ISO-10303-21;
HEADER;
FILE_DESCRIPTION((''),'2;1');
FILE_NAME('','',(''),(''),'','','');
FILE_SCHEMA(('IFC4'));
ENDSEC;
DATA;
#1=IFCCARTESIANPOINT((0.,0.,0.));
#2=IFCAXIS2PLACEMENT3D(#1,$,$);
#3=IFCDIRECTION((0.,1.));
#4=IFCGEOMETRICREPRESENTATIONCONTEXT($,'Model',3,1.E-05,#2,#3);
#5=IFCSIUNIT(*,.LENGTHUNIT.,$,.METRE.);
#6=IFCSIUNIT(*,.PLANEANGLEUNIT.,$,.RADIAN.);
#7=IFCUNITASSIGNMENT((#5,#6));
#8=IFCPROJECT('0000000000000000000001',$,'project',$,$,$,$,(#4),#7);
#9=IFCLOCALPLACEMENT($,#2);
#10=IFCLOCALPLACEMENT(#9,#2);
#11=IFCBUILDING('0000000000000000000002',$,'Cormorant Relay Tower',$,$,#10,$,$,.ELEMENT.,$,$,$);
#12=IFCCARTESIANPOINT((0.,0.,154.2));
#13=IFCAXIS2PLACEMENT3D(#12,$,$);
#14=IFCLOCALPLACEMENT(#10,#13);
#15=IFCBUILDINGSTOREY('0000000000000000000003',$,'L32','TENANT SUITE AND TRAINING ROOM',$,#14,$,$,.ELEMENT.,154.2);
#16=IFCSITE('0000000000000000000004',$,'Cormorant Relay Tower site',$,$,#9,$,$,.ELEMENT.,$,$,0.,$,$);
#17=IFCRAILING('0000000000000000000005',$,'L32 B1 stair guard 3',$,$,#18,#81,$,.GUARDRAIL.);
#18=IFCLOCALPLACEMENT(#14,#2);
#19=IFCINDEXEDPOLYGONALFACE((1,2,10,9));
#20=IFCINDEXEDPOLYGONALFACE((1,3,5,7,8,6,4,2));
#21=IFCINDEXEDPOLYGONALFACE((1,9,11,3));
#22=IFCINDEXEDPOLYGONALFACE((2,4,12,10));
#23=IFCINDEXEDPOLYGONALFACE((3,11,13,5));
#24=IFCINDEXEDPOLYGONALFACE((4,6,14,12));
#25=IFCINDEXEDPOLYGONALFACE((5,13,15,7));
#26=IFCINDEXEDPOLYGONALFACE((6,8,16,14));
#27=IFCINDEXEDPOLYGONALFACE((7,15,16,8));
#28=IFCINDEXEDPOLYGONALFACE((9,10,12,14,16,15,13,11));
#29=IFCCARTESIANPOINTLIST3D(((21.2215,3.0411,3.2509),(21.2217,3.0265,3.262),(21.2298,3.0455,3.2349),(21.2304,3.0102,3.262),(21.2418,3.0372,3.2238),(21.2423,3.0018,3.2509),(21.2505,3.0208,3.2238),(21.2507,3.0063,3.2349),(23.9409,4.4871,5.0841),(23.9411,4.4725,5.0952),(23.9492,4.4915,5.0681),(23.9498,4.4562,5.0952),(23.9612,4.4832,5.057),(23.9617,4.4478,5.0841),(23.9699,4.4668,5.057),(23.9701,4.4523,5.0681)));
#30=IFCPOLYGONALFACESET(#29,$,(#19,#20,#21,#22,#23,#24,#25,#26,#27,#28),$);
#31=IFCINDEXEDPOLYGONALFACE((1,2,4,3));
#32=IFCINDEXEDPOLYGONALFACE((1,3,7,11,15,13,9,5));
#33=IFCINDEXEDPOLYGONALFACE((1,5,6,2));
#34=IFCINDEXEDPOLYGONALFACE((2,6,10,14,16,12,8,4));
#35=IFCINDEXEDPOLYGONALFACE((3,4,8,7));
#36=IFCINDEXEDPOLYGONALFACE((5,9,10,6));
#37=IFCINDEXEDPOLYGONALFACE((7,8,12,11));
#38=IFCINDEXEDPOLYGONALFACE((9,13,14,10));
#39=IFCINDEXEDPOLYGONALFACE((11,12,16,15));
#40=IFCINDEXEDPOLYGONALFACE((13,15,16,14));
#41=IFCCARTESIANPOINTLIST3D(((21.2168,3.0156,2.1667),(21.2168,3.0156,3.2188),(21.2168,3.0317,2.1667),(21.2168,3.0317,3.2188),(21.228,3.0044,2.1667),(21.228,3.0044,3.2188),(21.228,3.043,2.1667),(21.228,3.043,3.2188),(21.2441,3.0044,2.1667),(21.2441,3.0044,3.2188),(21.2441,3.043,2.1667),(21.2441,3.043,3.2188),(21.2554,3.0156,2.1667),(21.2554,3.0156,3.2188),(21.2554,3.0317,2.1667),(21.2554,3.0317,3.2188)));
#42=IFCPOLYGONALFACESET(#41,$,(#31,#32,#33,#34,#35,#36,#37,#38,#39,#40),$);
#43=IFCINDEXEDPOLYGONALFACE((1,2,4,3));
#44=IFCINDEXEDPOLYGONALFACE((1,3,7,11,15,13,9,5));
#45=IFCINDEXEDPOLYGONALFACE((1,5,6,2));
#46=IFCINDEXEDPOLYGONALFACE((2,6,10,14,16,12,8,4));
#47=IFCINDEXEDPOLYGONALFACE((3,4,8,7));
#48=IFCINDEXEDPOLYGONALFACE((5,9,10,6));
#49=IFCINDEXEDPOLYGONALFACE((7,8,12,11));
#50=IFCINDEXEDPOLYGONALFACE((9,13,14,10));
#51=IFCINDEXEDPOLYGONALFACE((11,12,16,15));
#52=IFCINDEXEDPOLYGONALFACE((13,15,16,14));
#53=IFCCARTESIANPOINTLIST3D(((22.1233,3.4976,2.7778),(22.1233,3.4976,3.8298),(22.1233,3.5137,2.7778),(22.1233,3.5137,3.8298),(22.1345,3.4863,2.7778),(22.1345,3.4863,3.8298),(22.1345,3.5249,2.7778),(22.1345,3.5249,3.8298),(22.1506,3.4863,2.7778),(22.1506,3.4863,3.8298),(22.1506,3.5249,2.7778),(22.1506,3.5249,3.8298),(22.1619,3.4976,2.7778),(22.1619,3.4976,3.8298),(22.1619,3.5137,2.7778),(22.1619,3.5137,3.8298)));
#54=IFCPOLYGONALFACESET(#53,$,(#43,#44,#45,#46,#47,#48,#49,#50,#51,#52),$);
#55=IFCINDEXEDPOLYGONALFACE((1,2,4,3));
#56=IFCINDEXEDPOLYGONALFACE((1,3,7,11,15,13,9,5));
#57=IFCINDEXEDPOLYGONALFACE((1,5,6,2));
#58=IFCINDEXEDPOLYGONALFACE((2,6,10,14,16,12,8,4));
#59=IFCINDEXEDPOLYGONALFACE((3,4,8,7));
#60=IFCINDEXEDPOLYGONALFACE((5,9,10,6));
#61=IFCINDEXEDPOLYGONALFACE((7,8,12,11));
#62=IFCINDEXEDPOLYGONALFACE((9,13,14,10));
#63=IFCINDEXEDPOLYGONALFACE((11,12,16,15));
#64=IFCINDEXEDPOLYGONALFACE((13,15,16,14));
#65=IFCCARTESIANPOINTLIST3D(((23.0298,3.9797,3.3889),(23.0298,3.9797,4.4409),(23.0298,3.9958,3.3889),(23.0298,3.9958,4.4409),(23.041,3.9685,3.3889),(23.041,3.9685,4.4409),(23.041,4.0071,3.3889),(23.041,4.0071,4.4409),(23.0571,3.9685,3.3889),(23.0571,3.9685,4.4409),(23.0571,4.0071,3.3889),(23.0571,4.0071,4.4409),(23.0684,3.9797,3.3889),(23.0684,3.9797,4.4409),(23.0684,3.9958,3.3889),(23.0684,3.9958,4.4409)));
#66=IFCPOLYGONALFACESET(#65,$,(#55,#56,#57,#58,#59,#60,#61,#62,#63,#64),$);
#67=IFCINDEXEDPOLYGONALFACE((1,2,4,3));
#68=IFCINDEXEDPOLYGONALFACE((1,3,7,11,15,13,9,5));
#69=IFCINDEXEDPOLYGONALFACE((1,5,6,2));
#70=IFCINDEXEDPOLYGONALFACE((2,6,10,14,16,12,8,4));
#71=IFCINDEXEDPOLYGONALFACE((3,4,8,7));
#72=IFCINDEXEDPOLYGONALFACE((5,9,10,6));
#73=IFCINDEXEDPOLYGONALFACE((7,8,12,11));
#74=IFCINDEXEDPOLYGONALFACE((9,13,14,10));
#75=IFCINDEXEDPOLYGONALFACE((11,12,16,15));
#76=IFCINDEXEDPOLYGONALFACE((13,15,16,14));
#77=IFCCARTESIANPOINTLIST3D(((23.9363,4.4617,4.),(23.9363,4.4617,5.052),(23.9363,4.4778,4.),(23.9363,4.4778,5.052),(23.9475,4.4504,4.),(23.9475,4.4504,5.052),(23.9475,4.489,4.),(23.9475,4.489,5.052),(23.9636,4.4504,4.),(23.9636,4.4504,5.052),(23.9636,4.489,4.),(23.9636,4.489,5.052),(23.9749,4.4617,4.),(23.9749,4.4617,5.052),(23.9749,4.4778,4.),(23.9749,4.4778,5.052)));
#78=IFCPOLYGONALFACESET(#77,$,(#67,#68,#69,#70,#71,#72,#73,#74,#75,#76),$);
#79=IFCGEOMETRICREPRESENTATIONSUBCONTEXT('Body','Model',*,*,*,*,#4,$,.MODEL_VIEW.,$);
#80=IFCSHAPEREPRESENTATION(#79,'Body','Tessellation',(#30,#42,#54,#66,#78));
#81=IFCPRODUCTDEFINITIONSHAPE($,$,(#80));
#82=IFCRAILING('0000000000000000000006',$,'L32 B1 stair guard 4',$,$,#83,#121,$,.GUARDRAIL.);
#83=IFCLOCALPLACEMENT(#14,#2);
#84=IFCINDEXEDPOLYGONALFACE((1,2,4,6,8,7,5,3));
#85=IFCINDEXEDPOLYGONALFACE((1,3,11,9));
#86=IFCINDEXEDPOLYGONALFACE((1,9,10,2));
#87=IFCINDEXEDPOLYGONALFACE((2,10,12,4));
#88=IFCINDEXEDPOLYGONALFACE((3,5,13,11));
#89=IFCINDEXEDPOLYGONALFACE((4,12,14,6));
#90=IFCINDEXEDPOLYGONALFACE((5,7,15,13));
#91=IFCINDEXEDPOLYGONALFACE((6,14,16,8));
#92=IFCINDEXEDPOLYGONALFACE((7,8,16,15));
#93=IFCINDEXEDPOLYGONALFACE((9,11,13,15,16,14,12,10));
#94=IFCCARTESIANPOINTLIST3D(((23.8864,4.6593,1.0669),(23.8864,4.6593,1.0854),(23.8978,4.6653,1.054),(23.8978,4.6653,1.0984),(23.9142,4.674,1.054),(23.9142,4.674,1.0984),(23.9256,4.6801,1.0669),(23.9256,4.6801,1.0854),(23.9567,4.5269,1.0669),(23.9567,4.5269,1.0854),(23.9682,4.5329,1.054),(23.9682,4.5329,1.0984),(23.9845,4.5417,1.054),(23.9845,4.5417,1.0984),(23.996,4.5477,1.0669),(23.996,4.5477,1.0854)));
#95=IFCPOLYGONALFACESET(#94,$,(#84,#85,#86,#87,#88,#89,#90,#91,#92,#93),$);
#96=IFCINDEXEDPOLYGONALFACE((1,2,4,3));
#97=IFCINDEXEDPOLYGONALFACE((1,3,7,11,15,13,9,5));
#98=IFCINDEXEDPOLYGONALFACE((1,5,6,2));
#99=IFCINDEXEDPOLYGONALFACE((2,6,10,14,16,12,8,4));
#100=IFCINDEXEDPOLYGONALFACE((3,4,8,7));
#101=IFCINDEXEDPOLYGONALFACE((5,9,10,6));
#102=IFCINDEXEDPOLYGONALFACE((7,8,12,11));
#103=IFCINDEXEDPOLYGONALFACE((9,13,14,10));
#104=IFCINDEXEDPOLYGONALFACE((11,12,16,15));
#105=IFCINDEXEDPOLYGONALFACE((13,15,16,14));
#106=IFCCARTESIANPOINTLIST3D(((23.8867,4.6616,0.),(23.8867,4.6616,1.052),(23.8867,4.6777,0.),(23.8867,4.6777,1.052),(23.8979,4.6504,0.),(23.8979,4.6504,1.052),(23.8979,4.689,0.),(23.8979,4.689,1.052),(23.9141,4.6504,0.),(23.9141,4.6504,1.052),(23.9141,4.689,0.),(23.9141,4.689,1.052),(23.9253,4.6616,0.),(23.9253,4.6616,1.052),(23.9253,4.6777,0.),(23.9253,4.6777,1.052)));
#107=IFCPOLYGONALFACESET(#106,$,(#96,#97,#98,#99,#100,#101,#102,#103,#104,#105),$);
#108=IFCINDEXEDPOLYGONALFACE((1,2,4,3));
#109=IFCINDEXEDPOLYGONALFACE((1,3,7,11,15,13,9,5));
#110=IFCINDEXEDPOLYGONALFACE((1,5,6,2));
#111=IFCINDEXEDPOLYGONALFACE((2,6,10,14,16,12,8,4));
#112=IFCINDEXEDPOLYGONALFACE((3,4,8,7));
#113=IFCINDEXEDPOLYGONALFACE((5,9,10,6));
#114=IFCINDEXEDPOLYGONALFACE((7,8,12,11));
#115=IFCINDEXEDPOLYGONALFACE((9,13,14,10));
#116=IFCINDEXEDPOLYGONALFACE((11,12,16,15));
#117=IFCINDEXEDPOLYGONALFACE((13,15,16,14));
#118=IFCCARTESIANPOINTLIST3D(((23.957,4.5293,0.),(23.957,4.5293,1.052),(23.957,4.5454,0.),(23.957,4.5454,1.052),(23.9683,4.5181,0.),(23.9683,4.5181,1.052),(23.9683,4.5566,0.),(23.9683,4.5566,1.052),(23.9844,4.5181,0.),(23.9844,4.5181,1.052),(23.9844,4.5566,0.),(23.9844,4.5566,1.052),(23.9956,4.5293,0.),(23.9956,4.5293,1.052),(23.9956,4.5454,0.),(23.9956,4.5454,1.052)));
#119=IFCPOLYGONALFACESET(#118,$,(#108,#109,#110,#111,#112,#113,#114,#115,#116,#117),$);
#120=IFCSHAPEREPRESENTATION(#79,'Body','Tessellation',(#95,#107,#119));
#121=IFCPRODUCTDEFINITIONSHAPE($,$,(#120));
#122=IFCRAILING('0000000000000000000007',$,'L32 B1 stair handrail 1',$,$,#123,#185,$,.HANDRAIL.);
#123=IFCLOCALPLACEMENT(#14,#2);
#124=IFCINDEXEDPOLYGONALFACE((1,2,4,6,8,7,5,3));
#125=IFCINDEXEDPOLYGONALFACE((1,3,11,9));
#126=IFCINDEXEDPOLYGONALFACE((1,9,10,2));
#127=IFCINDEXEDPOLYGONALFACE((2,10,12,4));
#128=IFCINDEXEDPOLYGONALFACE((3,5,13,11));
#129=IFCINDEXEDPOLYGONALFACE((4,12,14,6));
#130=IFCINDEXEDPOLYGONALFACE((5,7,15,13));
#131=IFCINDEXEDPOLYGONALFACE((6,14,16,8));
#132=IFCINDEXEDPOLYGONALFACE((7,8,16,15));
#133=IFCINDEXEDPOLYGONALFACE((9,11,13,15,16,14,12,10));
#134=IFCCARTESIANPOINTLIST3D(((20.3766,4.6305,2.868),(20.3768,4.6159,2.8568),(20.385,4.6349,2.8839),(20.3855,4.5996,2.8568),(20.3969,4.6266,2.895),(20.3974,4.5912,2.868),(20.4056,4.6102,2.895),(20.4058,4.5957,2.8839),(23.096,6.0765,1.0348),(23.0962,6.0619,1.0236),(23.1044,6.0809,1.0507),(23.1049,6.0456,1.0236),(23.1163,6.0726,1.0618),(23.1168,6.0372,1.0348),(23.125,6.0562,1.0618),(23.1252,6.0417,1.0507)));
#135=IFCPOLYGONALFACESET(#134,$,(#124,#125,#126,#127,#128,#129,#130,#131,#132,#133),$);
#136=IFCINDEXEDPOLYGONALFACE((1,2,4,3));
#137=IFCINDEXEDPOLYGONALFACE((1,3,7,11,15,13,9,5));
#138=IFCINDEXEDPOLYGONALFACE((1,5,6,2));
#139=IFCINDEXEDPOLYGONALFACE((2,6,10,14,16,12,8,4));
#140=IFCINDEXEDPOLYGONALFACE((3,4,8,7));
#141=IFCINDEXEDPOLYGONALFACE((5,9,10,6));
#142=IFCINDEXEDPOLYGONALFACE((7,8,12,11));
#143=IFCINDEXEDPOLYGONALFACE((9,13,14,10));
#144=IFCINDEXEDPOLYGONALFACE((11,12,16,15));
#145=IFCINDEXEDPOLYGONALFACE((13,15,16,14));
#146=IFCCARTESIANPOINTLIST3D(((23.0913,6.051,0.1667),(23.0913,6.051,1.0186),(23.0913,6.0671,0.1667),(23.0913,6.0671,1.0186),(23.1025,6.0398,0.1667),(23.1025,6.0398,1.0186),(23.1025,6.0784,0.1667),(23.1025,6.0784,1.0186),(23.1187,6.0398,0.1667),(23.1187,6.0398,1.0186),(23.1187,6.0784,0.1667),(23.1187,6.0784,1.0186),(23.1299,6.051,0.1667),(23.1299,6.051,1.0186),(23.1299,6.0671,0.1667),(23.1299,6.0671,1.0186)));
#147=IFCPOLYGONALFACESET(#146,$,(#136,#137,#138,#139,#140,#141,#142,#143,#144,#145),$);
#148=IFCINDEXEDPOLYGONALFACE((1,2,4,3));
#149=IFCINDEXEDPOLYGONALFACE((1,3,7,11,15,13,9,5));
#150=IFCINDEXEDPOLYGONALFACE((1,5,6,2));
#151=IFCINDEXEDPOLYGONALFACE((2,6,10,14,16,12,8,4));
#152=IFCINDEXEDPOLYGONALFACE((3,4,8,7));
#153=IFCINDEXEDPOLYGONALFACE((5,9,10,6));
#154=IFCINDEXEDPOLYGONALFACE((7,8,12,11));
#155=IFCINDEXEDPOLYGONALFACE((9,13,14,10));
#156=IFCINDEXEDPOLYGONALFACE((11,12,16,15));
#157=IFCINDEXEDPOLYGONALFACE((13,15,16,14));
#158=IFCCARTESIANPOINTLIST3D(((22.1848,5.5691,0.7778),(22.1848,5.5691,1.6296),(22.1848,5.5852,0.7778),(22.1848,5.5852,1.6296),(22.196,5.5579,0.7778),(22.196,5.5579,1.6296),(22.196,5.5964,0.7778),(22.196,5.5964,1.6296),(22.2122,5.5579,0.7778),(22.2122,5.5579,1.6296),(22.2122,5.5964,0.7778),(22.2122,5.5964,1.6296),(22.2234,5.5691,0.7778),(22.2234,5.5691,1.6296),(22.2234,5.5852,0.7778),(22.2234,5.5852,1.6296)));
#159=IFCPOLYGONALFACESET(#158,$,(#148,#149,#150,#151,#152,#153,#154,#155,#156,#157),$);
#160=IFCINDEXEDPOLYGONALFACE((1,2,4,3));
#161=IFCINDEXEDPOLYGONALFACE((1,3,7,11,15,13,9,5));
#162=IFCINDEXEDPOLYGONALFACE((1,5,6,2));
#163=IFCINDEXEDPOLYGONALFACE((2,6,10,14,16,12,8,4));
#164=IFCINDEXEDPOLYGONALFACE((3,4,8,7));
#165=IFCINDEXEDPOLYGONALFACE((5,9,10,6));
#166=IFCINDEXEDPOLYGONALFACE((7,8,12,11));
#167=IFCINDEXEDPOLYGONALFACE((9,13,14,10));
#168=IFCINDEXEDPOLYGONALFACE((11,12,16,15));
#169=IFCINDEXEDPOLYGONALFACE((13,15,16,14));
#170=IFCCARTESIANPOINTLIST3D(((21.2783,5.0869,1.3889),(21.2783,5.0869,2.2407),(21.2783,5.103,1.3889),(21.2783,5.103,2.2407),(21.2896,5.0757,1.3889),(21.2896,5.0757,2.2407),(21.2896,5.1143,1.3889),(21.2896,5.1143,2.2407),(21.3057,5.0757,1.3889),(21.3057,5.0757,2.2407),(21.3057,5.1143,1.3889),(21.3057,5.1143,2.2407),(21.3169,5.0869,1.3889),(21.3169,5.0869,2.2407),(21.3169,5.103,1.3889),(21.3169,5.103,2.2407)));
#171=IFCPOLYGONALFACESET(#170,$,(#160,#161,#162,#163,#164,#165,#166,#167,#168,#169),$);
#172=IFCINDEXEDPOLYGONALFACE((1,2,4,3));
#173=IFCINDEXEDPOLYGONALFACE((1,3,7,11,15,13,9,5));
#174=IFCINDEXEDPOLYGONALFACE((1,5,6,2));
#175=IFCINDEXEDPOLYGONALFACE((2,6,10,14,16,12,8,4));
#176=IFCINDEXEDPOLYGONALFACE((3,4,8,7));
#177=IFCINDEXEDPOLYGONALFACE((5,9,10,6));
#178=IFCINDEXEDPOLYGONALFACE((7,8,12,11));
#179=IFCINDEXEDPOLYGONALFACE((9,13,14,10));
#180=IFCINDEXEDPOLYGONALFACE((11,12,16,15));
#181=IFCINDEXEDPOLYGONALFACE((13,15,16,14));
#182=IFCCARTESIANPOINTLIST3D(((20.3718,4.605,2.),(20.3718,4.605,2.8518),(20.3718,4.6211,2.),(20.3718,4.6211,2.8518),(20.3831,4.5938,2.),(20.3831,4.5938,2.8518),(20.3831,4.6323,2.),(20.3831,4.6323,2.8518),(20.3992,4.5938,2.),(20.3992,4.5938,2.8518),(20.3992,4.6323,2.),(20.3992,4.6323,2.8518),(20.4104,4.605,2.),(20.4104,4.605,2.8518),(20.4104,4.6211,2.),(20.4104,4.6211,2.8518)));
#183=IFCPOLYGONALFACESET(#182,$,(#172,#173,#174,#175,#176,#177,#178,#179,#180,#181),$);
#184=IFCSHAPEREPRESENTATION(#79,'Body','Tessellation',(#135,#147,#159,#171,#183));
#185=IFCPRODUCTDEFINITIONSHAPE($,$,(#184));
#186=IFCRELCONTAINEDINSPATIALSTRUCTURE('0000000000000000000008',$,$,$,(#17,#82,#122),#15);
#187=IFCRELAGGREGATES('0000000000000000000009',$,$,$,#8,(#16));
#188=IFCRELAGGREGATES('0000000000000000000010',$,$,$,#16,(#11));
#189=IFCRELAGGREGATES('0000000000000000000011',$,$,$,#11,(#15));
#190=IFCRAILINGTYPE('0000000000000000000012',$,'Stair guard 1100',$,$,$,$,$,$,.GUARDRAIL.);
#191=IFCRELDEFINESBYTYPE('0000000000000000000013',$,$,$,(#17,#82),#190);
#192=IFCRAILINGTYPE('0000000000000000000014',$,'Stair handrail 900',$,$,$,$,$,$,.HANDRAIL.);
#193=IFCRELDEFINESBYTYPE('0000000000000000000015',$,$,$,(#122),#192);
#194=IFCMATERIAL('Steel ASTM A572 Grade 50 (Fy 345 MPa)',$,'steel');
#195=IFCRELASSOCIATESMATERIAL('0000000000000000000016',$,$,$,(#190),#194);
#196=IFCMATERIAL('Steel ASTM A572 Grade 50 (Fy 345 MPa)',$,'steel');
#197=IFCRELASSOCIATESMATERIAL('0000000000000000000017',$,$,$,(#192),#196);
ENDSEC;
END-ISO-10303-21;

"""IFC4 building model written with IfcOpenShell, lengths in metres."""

from ifc_helpers import new_model, si_unit, direction, frame, origin, place, context, subcontext, project, spatial, polyline, outline, extrude, material, type_object, element, save


model = new_model("IFC4")

# Units and contexts
model_context = context("Model", 3, precision=1e-05, world=origin(), true_north=direction((0.0, 1.0)))
body_context = subcontext(model_context, "Body", "Model", "MODEL_VIEW")
ifc_project = project(units=[si_unit("LENGTHUNIT", "METRE"), si_unit("PLANEANGLEUNIT", "RADIAN")], contexts=[model_context])

# Site, building, storey
site_placement = place(None, origin())
site = spatial("IfcSite", under=ifc_project, at=site_placement, Name="Cormorant Relay Tower site", CompositionType="ELEMENT", RefElevation=0.0)
building_placement = place(site_placement, origin())
building = spatial("IfcBuilding", under=site, at=building_placement, Name="Cormorant Relay Tower", CompositionType="ELEMENT")
storey_placement = place(building_placement, frame((0.0, 0.0, 154.2)))
storey = spatial("IfcBuildingStorey", under=building, at=storey_placement, Name="L32", Description="TENANT SUITE AND TRAINING ROOM", CompositionType="ELEMENT", Elevation=154.2)

# Railings
ifc_material_1 = material(Name="Steel ASTM A572 Grade 50 (Fy 345 MPa)", Category="steel")
railing_type_1 = type_object("IfcRailingType", Name="Stair guard 1100", PredefinedType="GUARDRAIL", material=ifc_material_1)
railing_1_placement = place(storey_placement, frame((21.2361, 3.0237, 2.1667)))
element("IfcRailing", 1, at=railing_1_placement, inside=storey, type_object=railing_type_1, Name="L32 B1 stair guard 3", PredefinedType="GUARDRAIL", context=body_context, shape_type="SweptSolid", body=[
    extrude(outline(polyline([(0.0222, 0.0093), (0.0093, 0.0222), (-0.0093, 0.0222), (-0.0222, 0.0093), (-0.0222, -0.0093), (-0.0093, -0.0222), (0.0093, -0.0222), (0.0222, -0.0093), (0.0222, 0.0093)])), frame((0.0, 0.0, 1.0762), z_axis=(0.758714, 0.403435, 0.511463), x_axis=(-0.469489, 0.882938, 0.0)), (0.0, 0.0, 1.0), 3.5842),
    extrude(outline(polyline([(0.0193, 0.0081), (0.0081, 0.0193), (-0.0081, 0.0193), (-0.0193, 0.0081), (-0.0193, -0.0081), (-0.0081, -0.0193), (0.0081, -0.0193), (0.0193, -0.0081), (0.0193, 0.0081)])), origin(), (0.0, 0.0, 1.0), 1.052),
    extrude(outline(polyline([(0.0193, 0.0081), (0.0081, 0.0193), (-0.0081, 0.0193), (-0.0193, 0.0081), (-0.0193, -0.0081), (-0.0081, -0.0193), (0.0081, -0.0193), (0.0193, -0.0081), (0.0193, 0.0081)])), frame((0.9065, 0.4819, 0.6111)), (0.0, 0.0, 1.0), 1.052),
    extrude(outline(polyline([(0.0193, 0.0081), (0.0081, 0.0193), (-0.0081, 0.0193), (-0.0193, 0.0081), (-0.0193, -0.0081), (-0.0081, -0.0193), (0.0081, -0.0193), (0.0193, -0.0081), (0.0193, 0.0081)])), frame((1.813, 0.9641, 1.2222)), (0.0, 0.0, 1.0), 1.052),
    extrude(outline(polyline([(0.0193, 0.0081), (0.0081, 0.0193), (-0.0081, 0.0193), (-0.0193, 0.0081), (-0.0193, -0.0081), (-0.0081, -0.0193), (0.0081, -0.0193), (0.0193, -0.0081), (0.0193, 0.0081)])), frame((2.7195, 1.446, 1.8333)), (0.0, 0.0, 1.0), 1.052),
])
railing_2_placement = place(storey_placement, frame((23.906, 4.6697, 0.0)))
element("IfcRailing", 2, at=railing_2_placement, inside=storey, type_object=railing_type_1, Name="L32 B1 stair guard 4", PredefinedType="GUARDRAIL", context=body_context, shape_type="SweptSolid", body=[
    extrude(outline(polyline([(0.0222, 0.0093), (0.0093, 0.0222), (-0.0093, 0.0222), (-0.0222, 0.0093), (-0.0222, -0.0093), (-0.0093, -0.0222), (0.0093, -0.0222), (0.0222, -0.0093), (0.0222, 0.0093)])), frame((0.0, 0.0, 1.0762), z_axis=(0.469235, -0.883074, 0.0), x_axis=(0.883074, 0.469235, 0.0)), (0.0, 0.0, 1.0), 0.1499),
    extrude(outline(polyline([(0.0193, 0.0081), (0.0081, 0.0193), (-0.0081, 0.0193), (-0.0193, 0.0081), (-0.0193, -0.0081), (-0.0081, -0.0193), (0.0081, -0.0193), (0.0193, -0.0081), (0.0193, 0.0081)])), origin(), (0.0, 0.0, 1.0), 1.052),
    extrude(outline(polyline([(0.0193, 0.0081), (0.0081, 0.0193), (-0.0081, 0.0193), (-0.0193, 0.0081), (-0.0193, -0.0081), (-0.0081, -0.0193), (0.0081, -0.0193), (0.0193, -0.0081), (0.0193, 0.0081)])), frame((0.0703, -0.1323, 0.0)), (0.0, 0.0, 1.0), 1.052),
])
ifc_material_2 = material(Name="Steel ASTM A572 Grade 50 (Fy 345 MPa)", Category="steel")
railing_type_2 = type_object("IfcRailingType", Name="Stair handrail 900", PredefinedType="HANDRAIL", material=ifc_material_2)
railing_3_placement = place(storey_placement, frame((23.1106, 6.0591, 0.1667)))
element("IfcRailing", 3, at=railing_3_placement, inside=storey, type_object=railing_type_2, Name="L32 B1 stair handrail 1", PredefinedType="HANDRAIL", context=body_context, shape_type="SweptSolid", body=[
    extrude(outline(polyline([(0.0222, 0.0093), (0.0093, 0.0222), (-0.0093, 0.0222), (-0.0222, 0.0093), (-0.0222, -0.0093), (-0.0093, -0.0222), (0.0093, -0.0222), (0.0222, -0.0093), (0.0222, 0.0093)])), frame((0.0, 0.0, 0.876), z_axis=(-0.758714, -0.403435, 0.511463), x_axis=(0.469489, -0.882938, 0.0)), (0.0, 0.0, 1.0), 3.5842),
    extrude(outline(polyline([(0.0193, 0.0081), (0.0081, 0.0193), (-0.0081, 0.0193), (-0.0193, 0.0081), (-0.0193, -0.0081), (-0.0081, -0.0193), (0.0081, -0.0193), (0.0193, -0.0081), (0.0193, 0.0081)])), origin(), (0.0, 0.0, 1.0), 0.8518),
    extrude(outline(polyline([(0.0193, 0.0081), (0.0081, 0.0193), (-0.0081, 0.0193), (-0.0193, 0.0081), (-0.0193, -0.0081), (-0.0081, -0.0193), (0.0081, -0.0193), (0.0193, -0.0081), (0.0193, 0.0081)])), frame((-0.9065, -0.4819, 0.6111)), (0.0, 0.0, 1.0), 0.8518),
    extrude(outline(polyline([(0.0193, 0.0081), (0.0081, 0.0193), (-0.0081, 0.0193), (-0.0193, 0.0081), (-0.0193, -0.0081), (-0.0081, -0.0193), (0.0081, -0.0193), (0.0193, -0.0081), (0.0193, 0.0081)])), frame((-1.813, -0.9641, 1.2222)), (0.0, 0.0, 1.0), 0.8518),
    extrude(outline(polyline([(0.0193, 0.0081), (0.0081, 0.0193), (-0.0081, 0.0193), (-0.0193, 0.0081), (-0.0193, -0.0081), (-0.0081, -0.0193), (0.0081, -0.0193), (0.0193, -0.0081), (0.0193, 0.0081)])), frame((-2.7195, -1.446, 1.8333)), (0.0, 0.0, 1.0), 0.8518),
])

save(model, "model.ifc")
